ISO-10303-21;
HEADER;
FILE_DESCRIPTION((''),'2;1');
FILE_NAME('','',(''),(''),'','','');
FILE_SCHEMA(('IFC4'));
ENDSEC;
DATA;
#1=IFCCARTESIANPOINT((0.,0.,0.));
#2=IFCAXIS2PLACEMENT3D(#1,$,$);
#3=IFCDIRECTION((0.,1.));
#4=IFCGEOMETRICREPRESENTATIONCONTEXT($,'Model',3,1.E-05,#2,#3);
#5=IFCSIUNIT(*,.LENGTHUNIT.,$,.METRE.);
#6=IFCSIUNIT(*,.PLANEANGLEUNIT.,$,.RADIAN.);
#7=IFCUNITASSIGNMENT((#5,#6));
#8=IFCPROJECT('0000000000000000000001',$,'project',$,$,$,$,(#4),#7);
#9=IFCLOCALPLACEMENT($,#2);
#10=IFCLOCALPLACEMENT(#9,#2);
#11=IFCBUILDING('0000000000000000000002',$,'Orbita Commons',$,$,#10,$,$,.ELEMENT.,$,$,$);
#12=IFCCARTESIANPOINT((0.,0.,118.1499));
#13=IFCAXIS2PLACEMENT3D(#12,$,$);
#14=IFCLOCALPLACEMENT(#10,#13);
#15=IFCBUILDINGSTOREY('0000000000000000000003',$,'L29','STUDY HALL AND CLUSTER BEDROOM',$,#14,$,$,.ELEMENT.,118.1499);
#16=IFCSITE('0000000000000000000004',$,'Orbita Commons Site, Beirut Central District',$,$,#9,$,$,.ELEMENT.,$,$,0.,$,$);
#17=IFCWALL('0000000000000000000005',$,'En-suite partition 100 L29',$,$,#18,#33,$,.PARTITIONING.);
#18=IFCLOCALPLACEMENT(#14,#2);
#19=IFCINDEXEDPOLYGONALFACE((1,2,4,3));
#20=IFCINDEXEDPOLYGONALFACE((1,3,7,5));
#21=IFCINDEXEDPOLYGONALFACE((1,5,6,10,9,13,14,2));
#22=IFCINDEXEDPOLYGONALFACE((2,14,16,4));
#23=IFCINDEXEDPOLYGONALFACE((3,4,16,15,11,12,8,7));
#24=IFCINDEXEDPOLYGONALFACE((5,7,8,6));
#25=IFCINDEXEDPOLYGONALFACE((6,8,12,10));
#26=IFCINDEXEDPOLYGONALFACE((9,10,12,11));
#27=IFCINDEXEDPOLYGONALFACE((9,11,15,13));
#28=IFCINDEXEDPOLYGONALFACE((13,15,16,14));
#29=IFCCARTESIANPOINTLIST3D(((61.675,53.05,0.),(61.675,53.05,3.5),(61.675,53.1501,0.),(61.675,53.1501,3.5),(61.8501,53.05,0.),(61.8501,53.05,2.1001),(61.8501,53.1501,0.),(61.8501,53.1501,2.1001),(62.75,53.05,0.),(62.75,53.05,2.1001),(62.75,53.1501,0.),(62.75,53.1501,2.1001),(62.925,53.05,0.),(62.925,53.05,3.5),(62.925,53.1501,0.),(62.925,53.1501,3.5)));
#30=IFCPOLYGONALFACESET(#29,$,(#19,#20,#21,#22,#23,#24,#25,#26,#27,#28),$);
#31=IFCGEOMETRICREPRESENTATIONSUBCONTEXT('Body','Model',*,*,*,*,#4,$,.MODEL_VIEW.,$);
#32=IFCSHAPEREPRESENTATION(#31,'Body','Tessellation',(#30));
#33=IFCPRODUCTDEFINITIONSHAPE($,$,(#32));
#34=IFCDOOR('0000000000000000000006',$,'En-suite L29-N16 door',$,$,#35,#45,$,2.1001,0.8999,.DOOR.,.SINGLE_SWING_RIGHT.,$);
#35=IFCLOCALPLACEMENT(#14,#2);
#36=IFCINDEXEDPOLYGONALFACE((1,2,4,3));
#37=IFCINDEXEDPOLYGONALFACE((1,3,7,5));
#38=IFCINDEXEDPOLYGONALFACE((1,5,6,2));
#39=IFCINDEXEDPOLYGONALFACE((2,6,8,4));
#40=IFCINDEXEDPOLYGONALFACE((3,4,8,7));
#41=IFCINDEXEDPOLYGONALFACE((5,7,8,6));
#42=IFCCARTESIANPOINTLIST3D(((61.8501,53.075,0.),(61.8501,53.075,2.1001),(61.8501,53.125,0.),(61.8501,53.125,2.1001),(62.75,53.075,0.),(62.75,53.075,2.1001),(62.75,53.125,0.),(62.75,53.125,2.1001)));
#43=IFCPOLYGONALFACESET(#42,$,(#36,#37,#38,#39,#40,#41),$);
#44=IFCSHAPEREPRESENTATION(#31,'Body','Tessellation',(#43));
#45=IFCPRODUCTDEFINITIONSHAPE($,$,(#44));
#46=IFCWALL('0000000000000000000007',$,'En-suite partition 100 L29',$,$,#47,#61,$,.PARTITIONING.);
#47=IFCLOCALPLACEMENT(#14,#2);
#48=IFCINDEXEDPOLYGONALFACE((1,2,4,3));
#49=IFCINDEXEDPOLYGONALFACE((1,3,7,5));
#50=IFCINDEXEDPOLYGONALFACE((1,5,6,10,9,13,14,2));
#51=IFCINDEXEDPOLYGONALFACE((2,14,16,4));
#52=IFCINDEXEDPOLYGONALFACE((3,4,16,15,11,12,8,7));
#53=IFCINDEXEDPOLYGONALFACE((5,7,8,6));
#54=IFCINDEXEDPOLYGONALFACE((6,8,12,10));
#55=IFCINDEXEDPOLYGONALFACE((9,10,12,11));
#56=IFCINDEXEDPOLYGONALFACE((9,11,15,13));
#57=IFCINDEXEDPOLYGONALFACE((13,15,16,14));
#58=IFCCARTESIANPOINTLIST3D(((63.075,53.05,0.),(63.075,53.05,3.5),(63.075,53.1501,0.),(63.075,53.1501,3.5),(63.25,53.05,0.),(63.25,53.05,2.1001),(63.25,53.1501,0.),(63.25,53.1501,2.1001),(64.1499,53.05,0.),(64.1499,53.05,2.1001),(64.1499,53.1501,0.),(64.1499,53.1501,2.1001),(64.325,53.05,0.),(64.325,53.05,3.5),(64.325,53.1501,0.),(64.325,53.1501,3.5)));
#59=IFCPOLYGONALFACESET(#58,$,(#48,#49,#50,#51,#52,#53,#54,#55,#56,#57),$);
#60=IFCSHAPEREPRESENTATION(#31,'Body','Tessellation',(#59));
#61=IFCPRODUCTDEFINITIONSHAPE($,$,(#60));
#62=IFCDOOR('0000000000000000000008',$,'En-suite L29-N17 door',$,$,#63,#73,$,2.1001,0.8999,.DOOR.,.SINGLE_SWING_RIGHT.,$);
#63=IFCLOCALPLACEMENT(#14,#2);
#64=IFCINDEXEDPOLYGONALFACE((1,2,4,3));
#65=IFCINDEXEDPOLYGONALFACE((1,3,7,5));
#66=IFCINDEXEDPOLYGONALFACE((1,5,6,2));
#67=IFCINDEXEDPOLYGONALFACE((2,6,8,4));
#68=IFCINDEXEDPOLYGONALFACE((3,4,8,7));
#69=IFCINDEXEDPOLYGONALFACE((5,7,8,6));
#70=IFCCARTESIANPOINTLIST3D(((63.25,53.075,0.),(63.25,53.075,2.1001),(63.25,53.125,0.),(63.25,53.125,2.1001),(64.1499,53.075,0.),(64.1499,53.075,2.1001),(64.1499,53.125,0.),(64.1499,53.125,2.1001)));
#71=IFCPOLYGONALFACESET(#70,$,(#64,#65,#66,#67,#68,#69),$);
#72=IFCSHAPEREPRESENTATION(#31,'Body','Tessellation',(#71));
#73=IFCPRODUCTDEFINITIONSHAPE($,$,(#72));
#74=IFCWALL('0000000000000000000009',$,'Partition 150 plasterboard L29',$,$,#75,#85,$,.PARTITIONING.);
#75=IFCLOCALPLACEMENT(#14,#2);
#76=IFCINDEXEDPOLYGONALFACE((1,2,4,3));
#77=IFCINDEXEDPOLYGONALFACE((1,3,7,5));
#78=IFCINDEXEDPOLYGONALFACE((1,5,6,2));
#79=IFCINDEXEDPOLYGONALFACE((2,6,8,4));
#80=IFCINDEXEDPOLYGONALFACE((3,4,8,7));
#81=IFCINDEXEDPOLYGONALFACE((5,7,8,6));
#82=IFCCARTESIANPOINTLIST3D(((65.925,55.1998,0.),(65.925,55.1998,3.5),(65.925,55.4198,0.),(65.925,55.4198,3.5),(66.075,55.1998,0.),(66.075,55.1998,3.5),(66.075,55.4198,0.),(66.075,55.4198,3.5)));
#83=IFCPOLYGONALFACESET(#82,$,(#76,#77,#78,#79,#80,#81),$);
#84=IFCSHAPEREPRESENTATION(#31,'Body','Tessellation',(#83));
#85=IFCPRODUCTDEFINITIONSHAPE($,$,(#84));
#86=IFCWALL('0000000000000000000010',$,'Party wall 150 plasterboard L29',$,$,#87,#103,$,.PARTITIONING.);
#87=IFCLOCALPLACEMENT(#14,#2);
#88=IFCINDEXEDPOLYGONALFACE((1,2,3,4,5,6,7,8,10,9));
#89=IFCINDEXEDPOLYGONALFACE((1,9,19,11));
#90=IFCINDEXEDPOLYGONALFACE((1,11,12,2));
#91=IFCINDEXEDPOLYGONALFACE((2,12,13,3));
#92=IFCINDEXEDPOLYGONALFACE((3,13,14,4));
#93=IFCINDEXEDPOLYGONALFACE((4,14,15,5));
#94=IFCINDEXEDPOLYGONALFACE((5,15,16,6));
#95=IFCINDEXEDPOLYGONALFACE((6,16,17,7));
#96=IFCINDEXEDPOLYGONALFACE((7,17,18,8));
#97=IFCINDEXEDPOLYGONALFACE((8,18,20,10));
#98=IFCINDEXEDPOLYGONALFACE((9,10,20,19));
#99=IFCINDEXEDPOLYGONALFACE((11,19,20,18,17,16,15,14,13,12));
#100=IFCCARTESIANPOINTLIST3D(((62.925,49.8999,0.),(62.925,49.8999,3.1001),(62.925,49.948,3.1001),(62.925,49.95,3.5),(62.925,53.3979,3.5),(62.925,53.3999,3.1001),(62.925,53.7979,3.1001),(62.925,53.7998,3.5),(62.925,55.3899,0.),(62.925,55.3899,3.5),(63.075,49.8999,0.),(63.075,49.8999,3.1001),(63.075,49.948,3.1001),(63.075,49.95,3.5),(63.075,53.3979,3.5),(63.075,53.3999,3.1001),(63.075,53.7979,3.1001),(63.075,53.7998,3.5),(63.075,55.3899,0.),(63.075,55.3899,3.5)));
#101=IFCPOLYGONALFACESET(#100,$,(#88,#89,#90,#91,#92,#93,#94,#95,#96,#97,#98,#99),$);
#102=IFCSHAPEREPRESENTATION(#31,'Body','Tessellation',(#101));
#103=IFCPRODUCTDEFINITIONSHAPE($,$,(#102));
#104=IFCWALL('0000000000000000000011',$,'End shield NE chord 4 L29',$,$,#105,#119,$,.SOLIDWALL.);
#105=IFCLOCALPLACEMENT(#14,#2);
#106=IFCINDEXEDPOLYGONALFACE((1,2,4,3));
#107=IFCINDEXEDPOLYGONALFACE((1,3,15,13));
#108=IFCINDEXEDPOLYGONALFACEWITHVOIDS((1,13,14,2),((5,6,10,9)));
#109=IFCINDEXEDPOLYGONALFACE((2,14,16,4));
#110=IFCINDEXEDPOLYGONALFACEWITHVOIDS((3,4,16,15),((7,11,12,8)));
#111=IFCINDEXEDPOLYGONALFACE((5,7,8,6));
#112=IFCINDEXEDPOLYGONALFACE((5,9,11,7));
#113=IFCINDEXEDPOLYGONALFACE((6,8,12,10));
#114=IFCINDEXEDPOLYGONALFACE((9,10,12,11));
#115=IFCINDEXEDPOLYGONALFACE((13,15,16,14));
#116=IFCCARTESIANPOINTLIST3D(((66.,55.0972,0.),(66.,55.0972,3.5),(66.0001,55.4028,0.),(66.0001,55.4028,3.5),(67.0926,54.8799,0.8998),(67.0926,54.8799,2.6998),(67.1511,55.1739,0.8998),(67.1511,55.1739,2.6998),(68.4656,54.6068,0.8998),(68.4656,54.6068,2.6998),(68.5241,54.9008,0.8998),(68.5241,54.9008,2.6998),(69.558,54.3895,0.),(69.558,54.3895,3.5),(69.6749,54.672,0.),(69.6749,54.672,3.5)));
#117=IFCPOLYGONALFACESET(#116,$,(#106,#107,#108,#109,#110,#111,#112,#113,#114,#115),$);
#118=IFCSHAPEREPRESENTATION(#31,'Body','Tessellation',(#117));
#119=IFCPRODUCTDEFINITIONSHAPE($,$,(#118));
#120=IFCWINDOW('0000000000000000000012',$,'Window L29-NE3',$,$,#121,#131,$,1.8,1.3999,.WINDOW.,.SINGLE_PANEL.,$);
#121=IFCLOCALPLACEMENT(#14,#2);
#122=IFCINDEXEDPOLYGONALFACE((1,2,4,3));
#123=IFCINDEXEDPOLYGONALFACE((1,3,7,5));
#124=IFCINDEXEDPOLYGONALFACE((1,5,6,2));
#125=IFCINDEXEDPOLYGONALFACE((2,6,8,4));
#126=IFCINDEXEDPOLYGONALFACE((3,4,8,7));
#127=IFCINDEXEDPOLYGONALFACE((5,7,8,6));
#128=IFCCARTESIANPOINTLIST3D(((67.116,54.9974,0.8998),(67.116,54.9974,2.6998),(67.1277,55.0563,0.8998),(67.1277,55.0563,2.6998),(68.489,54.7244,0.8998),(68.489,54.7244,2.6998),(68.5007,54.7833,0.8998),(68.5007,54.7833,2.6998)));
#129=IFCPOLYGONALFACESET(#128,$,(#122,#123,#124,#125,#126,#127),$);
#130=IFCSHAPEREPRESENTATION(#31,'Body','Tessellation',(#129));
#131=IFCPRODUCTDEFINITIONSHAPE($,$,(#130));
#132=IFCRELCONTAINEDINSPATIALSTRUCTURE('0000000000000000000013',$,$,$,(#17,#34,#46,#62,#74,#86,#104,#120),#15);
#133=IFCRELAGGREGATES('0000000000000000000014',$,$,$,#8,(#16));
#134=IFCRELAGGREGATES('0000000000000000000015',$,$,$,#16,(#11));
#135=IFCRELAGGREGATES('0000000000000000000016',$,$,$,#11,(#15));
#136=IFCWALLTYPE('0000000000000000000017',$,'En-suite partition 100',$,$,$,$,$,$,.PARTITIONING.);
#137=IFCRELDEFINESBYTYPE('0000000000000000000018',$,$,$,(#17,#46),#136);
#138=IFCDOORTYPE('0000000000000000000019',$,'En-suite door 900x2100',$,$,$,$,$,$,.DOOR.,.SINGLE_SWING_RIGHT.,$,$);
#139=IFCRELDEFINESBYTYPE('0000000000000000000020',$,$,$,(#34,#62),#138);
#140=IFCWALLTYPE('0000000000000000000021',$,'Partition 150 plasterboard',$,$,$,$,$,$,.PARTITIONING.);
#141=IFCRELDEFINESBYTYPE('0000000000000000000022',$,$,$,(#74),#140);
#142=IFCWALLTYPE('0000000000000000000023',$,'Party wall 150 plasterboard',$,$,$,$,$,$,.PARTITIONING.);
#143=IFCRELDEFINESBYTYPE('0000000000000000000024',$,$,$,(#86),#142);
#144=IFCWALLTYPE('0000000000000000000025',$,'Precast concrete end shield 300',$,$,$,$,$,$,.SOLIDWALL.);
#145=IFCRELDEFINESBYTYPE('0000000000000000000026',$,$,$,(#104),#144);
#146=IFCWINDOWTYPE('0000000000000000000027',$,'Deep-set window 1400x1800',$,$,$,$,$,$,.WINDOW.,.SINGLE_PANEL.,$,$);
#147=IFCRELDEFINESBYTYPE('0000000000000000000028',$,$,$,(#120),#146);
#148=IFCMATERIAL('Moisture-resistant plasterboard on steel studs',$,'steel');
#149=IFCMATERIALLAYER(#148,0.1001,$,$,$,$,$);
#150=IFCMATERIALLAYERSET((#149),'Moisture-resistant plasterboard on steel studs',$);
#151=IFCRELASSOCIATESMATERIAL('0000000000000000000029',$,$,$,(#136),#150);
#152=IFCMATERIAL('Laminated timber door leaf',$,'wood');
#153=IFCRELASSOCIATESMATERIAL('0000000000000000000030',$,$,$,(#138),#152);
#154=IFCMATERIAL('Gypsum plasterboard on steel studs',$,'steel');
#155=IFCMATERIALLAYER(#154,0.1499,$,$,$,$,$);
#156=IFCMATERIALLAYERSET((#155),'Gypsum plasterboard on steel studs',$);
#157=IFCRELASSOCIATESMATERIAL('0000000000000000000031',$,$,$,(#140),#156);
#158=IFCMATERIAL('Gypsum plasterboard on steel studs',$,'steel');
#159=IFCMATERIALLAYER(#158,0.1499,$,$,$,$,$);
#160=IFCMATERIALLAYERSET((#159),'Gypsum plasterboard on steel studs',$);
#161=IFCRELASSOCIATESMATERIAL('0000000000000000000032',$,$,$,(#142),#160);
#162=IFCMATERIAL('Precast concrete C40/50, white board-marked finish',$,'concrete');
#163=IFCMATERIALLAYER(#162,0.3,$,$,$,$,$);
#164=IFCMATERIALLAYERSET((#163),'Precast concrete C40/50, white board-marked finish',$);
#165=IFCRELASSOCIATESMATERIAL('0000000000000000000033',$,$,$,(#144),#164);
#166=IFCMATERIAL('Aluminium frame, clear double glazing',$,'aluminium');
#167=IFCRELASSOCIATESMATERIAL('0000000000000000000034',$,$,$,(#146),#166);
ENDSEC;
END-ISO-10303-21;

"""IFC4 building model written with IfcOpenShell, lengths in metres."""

from ifc_helpers import new_model, si_unit, direction, frame, frame_2d, origin, place, context, subcontext, project, spatial, polyline, rectangle, outline, extrude, material, layer, layer_set, type_object, element, fill, save


model = new_model("IFC4")

# Units and contexts
model_context = context("Model", 3, precision=1e-05, world=origin(), true_north=direction((0.0, 1.0)))
body_context = subcontext(model_context, "Body", "Model", "MODEL_VIEW")
ifc_project = project(units=[si_unit("LENGTHUNIT", "METRE"), si_unit("PLANEANGLEUNIT", "RADIAN")], contexts=[model_context])

# Site, building, storey
site_placement = place(None, origin())
site = spatial("IfcSite", under=ifc_project, at=site_placement, Name="Orbita Commons Site, Beirut Central District", CompositionType="ELEMENT", RefElevation=0.0)
building_placement = place(site_placement, origin())
building = spatial("IfcBuilding", under=site, at=building_placement, Name="Orbita Commons", CompositionType="ELEMENT")
storey_placement = place(building_placement, frame((0.0, 0.0, 118.1499)))
storey = spatial("IfcBuildingStorey", under=building, at=storey_placement, Name="L29", Description="STUDY HALL AND CLUSTER BEDROOM", CompositionType="ELEMENT", Elevation=118.1499)

# Walls, openings, doors
ifc_material_1 = material(Name="Moisture-resistant plasterboard on steel studs", Category="steel")
ifc_layer_1 = layer(ifc_material_1, 0.1001)
ifc_layer_set_1 = layer_set([ifc_layer_1], Name="Moisture-resistant plasterboard on steel studs")
wall_type_1 = type_object("IfcWallType", Name="En-suite partition 100", PredefinedType="PARTITIONING", material=ifc_layer_set_1)
wall_1_placement = place(storey_placement, frame((61.675, 53.1001, 0.0), z_axis=(0.0, 0.0, 1.0), x_axis=(1.0, 0.0, 0.0)))
wall_1 = element("IfcWall", 1, at=wall_1_placement, inside=storey, type_object=wall_type_1, Name="En-suite partition 100 L29", PredefinedType="PARTITIONING", context=body_context, shape_type="SweptSolid", body=[
    extrude(rectangle(XDim=1.25, YDim=0.1001, at=frame_2d((0.625, 0.0))), origin(), (0.0, 0.0, 1.0), 3.5),
])
opening_1_placement = place(wall_1_placement, frame((0.175, 0.0, 0.0)))
opening_1 = element("IfcOpeningElement", 2, at=opening_1_placement, cuts=wall_1, PredefinedType="OPENING", context=body_context, shape_type="SweptSolid", body=[
    extrude(rectangle(XDim=0.8999, YDim=2.1001, at=frame_2d((0.45, 1.05))), frame((0.0, 0.0601, 0.0), z_axis=(0.0, -1.0, 0.0), x_axis=(1.0, 0.0, 0.0)), (0.0, 0.0, 1.0), 0.1201),
])
ifc_material_2 = material(Name="Laminated timber door leaf", Category="wood")
door_type = type_object("IfcDoorType", Name="En-suite door 900x2100", OperationType="SINGLE_SWING_RIGHT", PredefinedType="DOOR", material=ifc_material_2)
door_1_placement = place(opening_1_placement, origin())
door_1 = element("IfcDoor", 3, at=door_1_placement, inside=storey, type_object=door_type, Name="En-suite L29-N16 door", OperationType="SINGLE_SWING_RIGHT", OverallHeight=2.1001, OverallWidth=0.8999, PredefinedType="DOOR", context=body_context, shape_type="SweptSolid", body=[
    extrude(rectangle(XDim=0.8999, YDim=2.1001, at=frame_2d((0.45, 1.05))), frame((0.0, 0.0249, 0.0), z_axis=(0.0, -1.0, 0.0), x_axis=(1.0, 0.0, 0.0)), (0.0, 0.0, 1.0), 0.05),
])
fill(opening_1, door_1)
wall_2_placement = place(storey_placement, frame((63.075, 53.1001, 0.0), z_axis=(0.0, 0.0, 1.0), x_axis=(1.0, 0.0, 0.0)))
wall_2 = element("IfcWall", 4, at=wall_2_placement, inside=storey, type_object=wall_type_1, Name="En-suite partition 100 L29", PredefinedType="PARTITIONING", context=body_context, shape_type="SweptSolid", body=[
    extrude(rectangle(XDim=1.25, YDim=0.1001, at=frame_2d((0.625, 0.0))), origin(), (0.0, 0.0, 1.0), 3.5),
])
opening_2_placement = place(wall_2_placement, frame((0.175, 0.0, 0.0)))
opening_2 = element("IfcOpeningElement", 5, at=opening_2_placement, cuts=wall_2, PredefinedType="OPENING", context=body_context, shape_type="SweptSolid", body=[
    extrude(rectangle(XDim=0.8999, YDim=2.1001, at=frame_2d((0.45, 1.05))), frame((0.0, 0.0601, 0.0), z_axis=(0.0, -1.0, 0.0), x_axis=(1.0, 0.0, 0.0)), (0.0, 0.0, 1.0), 0.1201),
])
door_2_placement = place(opening_2_placement, origin())
door_2 = element("IfcDoor", 6, at=door_2_placement, inside=storey, type_object=door_type, Name="En-suite L29-N17 door", OperationType="SINGLE_SWING_RIGHT", OverallHeight=2.1001, OverallWidth=0.8999, PredefinedType="DOOR", context=body_context, shape_type="SweptSolid", body=[
    extrude(rectangle(XDim=0.8999, YDim=2.1001, at=frame_2d((0.45, 1.05))), frame((0.0, 0.0249, 0.0), z_axis=(0.0, -1.0, 0.0), x_axis=(1.0, 0.0, 0.0)), (0.0, 0.0, 1.0), 0.05),
])
fill(opening_2, door_2)

# Walls
ifc_material_3 = material(Name="Gypsum plasterboard on steel studs", Category="steel")
ifc_layer_2 = layer(ifc_material_3, 0.1499)
ifc_layer_set_2 = layer_set([ifc_layer_2], Name="Gypsum plasterboard on steel studs")
wall_type_2 = type_object("IfcWallType", Name="Partition 150 plasterboard", PredefinedType="PARTITIONING", material=ifc_layer_set_2)
wall_3_placement = place(storey_placement, frame((66.0, 55.2, 0.0), z_axis=(0.0, 0.0, 1.0), x_axis=(0.0, 1.0, 0.0)))
element("IfcWall", 7, at=wall_3_placement, inside=storey, type_object=wall_type_2, Name="Partition 150 plasterboard L29", PredefinedType="PARTITIONING", context=body_context, shape_type="SweptSolid", body=[
    extrude(rectangle(XDim=0.22, YDim=0.1499, at=frame_2d((0.1099, 0.0))), origin(), (0.0, 0.0, 1.0), 3.5),
])
ifc_material_4 = material(Name="Gypsum plasterboard on steel studs", Category="steel")
ifc_layer_3 = layer(ifc_material_4, 0.1499)
ifc_layer_set_3 = layer_set([ifc_layer_3], Name="Gypsum plasterboard on steel studs")
wall_type_3 = type_object("IfcWallType", Name="Party wall 150 plasterboard", PredefinedType="PARTITIONING", material=ifc_layer_set_3)
wall_4_placement = place(storey_placement, frame((63.0, 55.3899, 0.0), z_axis=(0.0, 0.0, 1.0), x_axis=(0.0, -1.0, 0.0)))
element("IfcWall", 8, at=wall_4_placement, inside=storey, type_object=wall_type_3, Name="Party wall 150 plasterboard L29", PredefinedType="PARTITIONING", context=body_context, shape_type="SweptSolid", body=[
    extrude(outline(polyline([(0.0, 0.0), (5.49, 0.0), (5.49, 3.1001), (5.4419, 3.1001), (5.4399, 3.5), (1.9919, 3.5), (1.99, 3.1001), (1.592, 3.1001), (1.5901, 3.5), (0.0, 3.5), (0.0, 0.0)])), frame((0.0, 0.075, 0.0), z_axis=(0.0, -1.0, 0.0), x_axis=(1.0, 0.0, 0.0)), (0.0, 0.0, 1.0), 0.1499),
])

# Wall, opening, window
ifc_material_5 = material(Name="Precast concrete C40/50, white board-marked finish", Category="concrete")
ifc_layer_4 = layer(ifc_material_5, 0.3)
ifc_layer_set_4 = layer_set([ifc_layer_4], Name="Precast concrete C40/50, white board-marked finish")
wall_type_4 = type_object("IfcWallType", Name="Precast concrete end shield 300", PredefinedType="SOLIDWALL", material=ifc_layer_set_4)
wall_5_placement = place(storey_placement, frame((69.6165, 54.5308, 0.0), z_axis=(0.0, 0.0, 1.0), x_axis=(-0.980791, 0.195059, 0.0)))
wall_5 = element("IfcWall", 9, at=wall_5_placement, inside=storey, type_object=wall_type_4, Name="End shield NE chord 4 L29", PredefinedType="SOLIDWALL", context=body_context, shape_type="SweptSolid", body=[
    extrude(outline(polyline([(-0.0298, -0.1499), (3.717, -0.1499), (3.6575, 0.1499), (0.0298, 0.1499), (-0.0298, -0.1499)])), origin(), (0.0, 0.0, 1.0), 3.5),
])
opening_3_placement = place(wall_5_placement, frame((1.1436, 0.0, 0.8999)))
opening_3 = element("IfcOpeningElement", 10, at=opening_3_placement, cuts=wall_5, PredefinedType="OPENING", context=body_context, shape_type="SweptSolid", body=[
    extrude(rectangle(XDim=1.3999, YDim=1.8, at=frame_2d((0.7, 0.8999))), frame((0.0, 0.1599, 0.0), z_axis=(0.0, -1.0, 0.0), x_axis=(1.0, 0.0, 0.0)), (0.0, 0.0, 1.0), 0.3201),
])
ifc_material_6 = material(Name="Aluminium frame, clear double glazing", Category="aluminium")
window_type = type_object("IfcWindowType", Name="Deep-set window 1400x1800", PartitioningType="SINGLE_PANEL", PredefinedType="WINDOW", material=ifc_material_6)
window_placement = place(opening_3_placement, origin())
window = element("IfcWindow", 11, at=window_placement, inside=storey, type_object=window_type, Name="Window L29-NE3", OverallHeight=1.8, OverallWidth=1.3999, PartitioningType="SINGLE_PANEL", PredefinedType="WINDOW", context=body_context, shape_type="SweptSolid", body=[
    extrude(rectangle(XDim=1.3999, YDim=1.8, at=frame_2d((0.7, 0.8999))), frame((0.0, 0.03, 0.0), z_axis=(0.0, -1.0, 0.0), x_axis=(1.0, 0.0, 0.0)), (0.0, 0.0, 1.0), 0.0601),
])
fill(opening_3, window)

save(model, "model.ifc")
